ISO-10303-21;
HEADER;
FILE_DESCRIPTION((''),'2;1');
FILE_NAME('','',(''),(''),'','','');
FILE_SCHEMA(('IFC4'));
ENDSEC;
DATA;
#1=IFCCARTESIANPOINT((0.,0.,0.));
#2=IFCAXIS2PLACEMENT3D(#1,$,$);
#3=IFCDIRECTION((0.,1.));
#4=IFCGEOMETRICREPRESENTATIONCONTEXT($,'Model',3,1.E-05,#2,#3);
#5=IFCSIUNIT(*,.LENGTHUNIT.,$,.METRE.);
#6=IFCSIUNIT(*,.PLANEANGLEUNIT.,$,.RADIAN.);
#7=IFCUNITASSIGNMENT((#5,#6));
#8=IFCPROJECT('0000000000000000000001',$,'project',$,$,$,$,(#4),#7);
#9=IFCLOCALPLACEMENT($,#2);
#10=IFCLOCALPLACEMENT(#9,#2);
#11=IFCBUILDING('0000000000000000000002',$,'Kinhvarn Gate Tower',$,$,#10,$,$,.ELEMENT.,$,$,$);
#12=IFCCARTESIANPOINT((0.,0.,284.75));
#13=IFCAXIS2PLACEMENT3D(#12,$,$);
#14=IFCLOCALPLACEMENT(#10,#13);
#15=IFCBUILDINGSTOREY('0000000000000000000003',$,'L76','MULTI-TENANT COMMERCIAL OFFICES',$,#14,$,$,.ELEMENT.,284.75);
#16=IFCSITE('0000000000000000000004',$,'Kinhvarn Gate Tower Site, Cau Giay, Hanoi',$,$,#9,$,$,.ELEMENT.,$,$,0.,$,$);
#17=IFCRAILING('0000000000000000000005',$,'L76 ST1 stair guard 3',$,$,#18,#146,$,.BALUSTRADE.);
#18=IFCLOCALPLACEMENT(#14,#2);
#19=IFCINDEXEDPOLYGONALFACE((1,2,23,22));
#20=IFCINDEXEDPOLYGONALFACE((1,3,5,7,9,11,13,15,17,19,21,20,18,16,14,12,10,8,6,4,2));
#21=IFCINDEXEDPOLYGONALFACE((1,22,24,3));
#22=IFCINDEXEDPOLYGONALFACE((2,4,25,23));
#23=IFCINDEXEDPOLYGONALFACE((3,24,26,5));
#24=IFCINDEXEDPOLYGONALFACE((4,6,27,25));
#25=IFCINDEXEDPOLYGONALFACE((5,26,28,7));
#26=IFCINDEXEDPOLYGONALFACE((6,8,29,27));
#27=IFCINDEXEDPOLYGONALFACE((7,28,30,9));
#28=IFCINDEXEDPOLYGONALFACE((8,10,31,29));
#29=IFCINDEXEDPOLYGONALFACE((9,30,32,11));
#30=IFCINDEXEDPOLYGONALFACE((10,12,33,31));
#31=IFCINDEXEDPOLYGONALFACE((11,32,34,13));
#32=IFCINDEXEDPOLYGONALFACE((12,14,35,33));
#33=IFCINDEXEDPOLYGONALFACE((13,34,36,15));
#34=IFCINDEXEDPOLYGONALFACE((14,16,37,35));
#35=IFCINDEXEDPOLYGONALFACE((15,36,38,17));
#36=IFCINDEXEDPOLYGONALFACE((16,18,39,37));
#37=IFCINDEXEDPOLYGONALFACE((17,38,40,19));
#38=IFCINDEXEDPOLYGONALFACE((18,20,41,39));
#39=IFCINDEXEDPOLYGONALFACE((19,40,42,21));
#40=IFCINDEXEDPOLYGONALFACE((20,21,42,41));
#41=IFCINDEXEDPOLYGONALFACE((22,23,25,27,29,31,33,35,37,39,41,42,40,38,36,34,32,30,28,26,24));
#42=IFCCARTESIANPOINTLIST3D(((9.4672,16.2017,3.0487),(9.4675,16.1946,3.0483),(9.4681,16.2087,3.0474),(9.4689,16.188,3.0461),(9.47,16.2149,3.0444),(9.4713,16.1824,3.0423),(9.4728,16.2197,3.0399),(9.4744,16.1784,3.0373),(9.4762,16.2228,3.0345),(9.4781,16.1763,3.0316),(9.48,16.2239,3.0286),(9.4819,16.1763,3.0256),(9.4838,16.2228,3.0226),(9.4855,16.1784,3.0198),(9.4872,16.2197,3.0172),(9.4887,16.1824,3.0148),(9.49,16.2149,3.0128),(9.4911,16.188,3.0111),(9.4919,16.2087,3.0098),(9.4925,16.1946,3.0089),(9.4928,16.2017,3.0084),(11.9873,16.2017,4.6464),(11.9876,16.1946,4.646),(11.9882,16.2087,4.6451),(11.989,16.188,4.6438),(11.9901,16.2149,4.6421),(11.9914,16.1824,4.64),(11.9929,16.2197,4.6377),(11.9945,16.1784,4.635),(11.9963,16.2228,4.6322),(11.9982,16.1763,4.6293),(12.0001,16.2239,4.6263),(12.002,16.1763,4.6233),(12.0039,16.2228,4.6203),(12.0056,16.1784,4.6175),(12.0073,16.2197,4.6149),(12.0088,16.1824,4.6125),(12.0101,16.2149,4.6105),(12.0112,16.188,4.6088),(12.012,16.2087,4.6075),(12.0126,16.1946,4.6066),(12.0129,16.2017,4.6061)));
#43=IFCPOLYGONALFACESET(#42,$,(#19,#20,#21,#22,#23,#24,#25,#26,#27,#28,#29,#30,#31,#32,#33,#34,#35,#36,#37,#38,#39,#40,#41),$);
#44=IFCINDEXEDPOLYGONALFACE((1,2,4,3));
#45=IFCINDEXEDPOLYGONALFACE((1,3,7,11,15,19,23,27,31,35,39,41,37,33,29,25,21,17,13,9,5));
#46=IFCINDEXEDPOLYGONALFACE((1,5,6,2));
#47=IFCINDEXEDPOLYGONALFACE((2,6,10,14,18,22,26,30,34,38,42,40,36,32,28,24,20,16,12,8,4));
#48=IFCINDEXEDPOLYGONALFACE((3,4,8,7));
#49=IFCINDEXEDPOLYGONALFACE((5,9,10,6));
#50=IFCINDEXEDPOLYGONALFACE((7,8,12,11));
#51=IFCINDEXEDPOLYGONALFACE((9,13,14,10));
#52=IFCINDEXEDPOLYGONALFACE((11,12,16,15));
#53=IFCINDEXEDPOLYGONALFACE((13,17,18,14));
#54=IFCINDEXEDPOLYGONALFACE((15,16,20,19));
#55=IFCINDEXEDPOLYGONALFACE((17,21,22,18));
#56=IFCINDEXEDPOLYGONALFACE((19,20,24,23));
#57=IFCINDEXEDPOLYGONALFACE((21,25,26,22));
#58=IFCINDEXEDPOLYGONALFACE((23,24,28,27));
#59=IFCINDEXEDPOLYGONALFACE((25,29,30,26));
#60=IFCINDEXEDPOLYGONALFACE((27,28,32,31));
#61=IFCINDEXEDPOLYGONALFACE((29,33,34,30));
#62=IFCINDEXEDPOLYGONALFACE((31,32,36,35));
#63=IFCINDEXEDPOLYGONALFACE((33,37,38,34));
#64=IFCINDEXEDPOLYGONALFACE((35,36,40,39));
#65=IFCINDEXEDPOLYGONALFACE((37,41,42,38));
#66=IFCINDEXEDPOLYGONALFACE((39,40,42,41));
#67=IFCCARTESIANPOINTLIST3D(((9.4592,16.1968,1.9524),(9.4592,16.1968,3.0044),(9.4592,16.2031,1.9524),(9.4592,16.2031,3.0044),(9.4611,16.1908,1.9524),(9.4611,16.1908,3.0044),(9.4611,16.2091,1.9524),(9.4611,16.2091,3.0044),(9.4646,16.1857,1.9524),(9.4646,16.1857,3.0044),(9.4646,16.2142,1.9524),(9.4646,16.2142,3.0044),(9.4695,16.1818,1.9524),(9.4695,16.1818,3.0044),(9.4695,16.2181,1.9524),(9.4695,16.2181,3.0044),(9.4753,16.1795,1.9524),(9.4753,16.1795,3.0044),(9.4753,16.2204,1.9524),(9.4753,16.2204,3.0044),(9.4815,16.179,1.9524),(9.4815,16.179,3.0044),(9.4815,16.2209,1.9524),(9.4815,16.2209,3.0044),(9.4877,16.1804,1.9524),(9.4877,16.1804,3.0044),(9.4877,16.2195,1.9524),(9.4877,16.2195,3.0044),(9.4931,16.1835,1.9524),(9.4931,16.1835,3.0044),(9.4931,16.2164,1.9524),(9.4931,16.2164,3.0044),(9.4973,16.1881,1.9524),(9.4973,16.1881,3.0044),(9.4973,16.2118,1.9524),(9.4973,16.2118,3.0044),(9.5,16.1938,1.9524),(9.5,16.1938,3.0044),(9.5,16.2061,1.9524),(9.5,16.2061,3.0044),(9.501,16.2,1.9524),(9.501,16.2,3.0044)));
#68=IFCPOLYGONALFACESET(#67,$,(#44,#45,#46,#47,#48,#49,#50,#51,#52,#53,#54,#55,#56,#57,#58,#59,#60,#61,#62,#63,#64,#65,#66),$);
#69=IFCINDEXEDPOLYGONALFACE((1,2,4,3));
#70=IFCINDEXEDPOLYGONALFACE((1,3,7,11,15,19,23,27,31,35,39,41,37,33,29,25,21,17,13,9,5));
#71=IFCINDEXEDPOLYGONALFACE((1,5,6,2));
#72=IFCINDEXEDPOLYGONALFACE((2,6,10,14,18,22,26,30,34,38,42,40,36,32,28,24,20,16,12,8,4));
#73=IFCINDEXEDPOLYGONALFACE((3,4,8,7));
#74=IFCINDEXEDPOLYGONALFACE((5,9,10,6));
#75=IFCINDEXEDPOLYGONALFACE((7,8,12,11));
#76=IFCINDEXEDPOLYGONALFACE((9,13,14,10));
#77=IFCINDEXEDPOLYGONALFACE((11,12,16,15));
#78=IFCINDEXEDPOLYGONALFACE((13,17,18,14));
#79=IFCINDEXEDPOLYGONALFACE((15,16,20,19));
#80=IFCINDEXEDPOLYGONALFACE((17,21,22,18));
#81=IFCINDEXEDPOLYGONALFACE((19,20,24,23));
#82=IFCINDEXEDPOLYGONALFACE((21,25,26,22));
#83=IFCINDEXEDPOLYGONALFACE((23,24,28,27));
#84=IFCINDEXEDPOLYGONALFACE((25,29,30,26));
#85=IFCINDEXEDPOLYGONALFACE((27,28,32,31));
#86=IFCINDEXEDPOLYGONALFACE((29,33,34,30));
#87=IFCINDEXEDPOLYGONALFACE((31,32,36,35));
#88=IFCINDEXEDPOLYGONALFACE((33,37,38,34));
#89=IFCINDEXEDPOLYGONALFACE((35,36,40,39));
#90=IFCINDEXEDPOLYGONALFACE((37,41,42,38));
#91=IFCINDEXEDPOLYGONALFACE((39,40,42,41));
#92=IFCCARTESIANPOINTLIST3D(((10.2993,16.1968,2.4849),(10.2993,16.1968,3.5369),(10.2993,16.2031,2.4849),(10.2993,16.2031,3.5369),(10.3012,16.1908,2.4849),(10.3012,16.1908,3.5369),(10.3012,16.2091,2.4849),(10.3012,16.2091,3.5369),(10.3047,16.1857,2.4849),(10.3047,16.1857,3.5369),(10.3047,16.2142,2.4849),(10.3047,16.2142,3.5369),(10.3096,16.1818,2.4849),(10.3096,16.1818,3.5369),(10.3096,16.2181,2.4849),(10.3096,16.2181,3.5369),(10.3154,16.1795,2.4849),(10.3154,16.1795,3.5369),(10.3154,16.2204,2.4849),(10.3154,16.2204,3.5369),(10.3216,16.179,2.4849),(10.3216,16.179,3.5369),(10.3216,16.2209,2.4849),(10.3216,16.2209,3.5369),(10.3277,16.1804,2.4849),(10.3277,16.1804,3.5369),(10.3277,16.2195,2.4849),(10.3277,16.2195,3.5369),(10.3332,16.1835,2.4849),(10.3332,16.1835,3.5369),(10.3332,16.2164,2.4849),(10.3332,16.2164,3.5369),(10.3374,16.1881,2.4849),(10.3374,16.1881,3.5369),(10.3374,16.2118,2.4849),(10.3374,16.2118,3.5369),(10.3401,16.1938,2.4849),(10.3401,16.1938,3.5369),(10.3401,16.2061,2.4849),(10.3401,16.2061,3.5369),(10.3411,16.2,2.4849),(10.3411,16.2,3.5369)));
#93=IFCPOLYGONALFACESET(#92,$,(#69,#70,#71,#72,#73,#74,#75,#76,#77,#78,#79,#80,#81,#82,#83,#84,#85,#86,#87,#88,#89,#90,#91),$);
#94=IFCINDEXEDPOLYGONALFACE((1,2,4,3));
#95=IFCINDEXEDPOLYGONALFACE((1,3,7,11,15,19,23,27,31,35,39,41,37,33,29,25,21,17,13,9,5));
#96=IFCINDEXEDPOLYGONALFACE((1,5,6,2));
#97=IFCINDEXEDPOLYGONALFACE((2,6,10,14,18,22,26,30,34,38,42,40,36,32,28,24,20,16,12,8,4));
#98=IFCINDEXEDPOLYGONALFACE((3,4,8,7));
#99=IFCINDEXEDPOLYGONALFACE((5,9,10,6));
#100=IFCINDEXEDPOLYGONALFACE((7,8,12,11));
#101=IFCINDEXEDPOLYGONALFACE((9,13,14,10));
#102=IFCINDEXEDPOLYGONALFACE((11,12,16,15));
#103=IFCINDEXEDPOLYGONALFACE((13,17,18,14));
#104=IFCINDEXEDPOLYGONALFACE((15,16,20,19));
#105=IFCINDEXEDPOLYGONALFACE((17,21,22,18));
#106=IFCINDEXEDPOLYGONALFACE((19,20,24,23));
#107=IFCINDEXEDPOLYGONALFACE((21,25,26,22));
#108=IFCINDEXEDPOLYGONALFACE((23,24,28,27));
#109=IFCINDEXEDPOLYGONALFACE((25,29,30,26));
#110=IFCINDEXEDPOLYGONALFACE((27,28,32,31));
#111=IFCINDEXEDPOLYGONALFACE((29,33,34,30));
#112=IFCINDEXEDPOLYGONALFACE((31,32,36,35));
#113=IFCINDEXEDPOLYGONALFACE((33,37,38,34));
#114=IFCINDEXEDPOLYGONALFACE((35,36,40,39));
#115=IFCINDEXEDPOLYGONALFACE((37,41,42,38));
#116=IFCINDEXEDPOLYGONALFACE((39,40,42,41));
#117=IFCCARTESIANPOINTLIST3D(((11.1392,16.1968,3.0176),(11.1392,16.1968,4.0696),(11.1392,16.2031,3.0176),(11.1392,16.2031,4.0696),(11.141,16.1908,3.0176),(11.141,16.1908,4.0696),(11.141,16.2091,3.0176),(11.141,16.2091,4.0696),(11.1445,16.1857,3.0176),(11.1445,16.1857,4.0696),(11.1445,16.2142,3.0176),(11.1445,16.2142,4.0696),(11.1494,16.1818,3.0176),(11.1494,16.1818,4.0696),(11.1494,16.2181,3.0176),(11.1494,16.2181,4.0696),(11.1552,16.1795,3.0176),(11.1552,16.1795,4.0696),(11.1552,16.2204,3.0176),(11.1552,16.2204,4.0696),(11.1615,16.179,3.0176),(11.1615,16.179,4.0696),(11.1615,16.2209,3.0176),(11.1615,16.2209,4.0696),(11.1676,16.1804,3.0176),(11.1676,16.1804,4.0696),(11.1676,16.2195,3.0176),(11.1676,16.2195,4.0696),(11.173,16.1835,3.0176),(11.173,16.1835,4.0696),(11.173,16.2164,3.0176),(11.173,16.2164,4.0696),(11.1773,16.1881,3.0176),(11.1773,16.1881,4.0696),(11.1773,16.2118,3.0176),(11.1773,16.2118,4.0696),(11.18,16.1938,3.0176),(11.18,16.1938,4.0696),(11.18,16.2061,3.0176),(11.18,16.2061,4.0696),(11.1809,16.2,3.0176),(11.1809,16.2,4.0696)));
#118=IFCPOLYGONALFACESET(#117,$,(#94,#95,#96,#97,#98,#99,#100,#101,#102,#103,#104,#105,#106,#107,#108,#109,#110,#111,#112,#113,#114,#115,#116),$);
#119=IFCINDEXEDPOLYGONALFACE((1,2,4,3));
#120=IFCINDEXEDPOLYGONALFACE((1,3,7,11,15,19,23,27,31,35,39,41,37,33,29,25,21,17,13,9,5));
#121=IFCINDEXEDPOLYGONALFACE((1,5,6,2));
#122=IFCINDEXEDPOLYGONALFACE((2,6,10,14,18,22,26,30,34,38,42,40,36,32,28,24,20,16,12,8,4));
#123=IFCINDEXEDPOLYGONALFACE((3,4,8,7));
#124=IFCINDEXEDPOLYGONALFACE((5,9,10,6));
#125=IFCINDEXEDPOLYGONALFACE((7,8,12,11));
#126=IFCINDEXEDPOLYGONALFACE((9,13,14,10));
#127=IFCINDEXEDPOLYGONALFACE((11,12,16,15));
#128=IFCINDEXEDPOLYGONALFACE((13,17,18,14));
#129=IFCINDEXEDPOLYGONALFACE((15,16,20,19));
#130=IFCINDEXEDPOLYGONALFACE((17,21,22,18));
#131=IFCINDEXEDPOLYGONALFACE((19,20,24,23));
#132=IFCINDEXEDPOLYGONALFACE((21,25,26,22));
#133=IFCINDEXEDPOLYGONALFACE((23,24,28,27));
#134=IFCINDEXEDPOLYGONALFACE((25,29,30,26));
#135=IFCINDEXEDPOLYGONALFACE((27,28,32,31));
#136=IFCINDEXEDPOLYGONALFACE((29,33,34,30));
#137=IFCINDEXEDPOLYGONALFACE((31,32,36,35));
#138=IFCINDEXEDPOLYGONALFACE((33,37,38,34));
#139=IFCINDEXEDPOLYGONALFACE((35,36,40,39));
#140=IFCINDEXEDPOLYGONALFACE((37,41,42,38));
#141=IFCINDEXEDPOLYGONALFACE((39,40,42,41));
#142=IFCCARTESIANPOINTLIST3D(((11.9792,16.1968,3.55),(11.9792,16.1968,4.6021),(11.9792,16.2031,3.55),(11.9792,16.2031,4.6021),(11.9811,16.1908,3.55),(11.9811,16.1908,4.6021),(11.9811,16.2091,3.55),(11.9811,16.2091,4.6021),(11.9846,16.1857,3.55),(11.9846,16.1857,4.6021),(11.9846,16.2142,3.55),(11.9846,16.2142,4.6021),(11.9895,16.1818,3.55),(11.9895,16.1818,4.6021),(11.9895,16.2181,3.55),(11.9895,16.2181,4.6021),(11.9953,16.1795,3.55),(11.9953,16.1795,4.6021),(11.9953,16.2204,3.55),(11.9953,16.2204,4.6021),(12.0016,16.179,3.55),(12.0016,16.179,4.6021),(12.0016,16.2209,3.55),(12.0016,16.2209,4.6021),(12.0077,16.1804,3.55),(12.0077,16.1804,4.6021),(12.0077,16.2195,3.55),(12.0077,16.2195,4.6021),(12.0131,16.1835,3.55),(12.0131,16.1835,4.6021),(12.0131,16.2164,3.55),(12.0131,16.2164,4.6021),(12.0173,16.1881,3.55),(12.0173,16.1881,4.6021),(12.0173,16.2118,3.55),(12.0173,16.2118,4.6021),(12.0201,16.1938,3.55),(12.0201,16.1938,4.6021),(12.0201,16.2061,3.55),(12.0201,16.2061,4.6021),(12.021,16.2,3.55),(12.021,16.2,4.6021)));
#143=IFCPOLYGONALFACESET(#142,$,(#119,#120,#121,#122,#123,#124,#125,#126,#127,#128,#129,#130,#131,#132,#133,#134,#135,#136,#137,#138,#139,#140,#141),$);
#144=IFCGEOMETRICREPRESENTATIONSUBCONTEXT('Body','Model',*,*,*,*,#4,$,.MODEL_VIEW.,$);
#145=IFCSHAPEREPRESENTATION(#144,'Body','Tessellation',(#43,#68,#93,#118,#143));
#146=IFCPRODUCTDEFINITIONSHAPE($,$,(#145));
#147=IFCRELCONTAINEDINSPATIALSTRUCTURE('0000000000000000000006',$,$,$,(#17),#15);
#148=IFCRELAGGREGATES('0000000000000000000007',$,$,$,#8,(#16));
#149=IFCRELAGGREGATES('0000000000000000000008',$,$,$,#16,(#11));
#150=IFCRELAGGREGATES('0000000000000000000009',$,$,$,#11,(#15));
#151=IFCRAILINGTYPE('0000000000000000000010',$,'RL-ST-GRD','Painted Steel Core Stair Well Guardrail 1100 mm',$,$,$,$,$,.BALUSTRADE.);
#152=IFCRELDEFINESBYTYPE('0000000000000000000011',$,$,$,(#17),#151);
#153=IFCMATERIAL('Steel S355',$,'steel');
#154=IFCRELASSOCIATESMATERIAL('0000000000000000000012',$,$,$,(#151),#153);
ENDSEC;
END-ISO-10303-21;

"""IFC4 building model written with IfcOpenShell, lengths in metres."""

from ifc_helpers import new_model, si_unit, direction, frame, origin, origin_2d, place, context, subcontext, project, spatial, circle, extrude, material, type_object, element, save


model = new_model("IFC4")

# Units and contexts
model_context = context("Model", 3, precision=1e-05, world=origin(), true_north=direction((0.0, 1.0)))
body_context = subcontext(model_context, "Body", "Model", "MODEL_VIEW")
ifc_project = project(units=[si_unit("LENGTHUNIT", "METRE"), si_unit("PLANEANGLEUNIT", "RADIAN")], contexts=[model_context])

# Site, building, storey
site_placement = place(None, origin())
site = spatial("IfcSite", under=ifc_project, at=site_placement, Name="Kinhvarn Gate Tower Site, Cau Giay, Hanoi", CompositionType="ELEMENT", RefElevation=0.0)
building_placement = place(site_placement, origin())
building = spatial("IfcBuilding", under=site, at=building_placement, Name="Kinhvarn Gate Tower", CompositionType="ELEMENT")
storey_placement = place(building_placement, frame((0.0, 0.0, 284.75)))
storey = spatial("IfcBuildingStorey", under=building, at=storey_placement, Name="L76", Description="MULTI-TENANT COMMERCIAL OFFICES", CompositionType="ELEMENT", Elevation=284.75)

# Shared definitions
ifc_material_1 = material(Name="Steel S355", Category="steel")

# Railing
railing_type_1 = type_object("IfcRailingType", Name="RL-ST-GRD", Description="Painted Steel Core Stair Well Guardrail 1100 mm", PredefinedType="BALUSTRADE", material=ifc_material_1)
railing_1_placement = place(storey_placement, frame((9.48, 16.2, 1.9524)))
element("IfcRailing", 1, at=railing_1_placement, inside=storey, type_object=railing_type_1, Name="L76 ST1 stair guard 3", PredefinedType="BALUSTRADE", context=body_context, shape_type="SweptSolid", body=[
    extrude(circle(Radius=0.0239, at=origin_2d()), frame((0.0, 0.0, 1.0762), z_axis=(0.84457, 0.0, 0.535445), x_axis=(0.0, 1.0, 0.0)), (0.0, 0.0, 1.0), 2.9839),
    extrude(circle(Radius=0.021, at=origin_2d()), origin(), (0.0, 0.0, 1.0), 1.052),
    extrude(circle(Radius=0.021, at=origin_2d()), frame((0.8401, 0.0, 0.5325)), (0.0, 0.0, 1.0), 1.052),
    extrude(circle(Radius=0.021, at=origin_2d()), frame((1.6799, 0.0, 1.0652)), (0.0, 0.0, 1.0), 1.052),
    extrude(circle(Radius=0.021, at=origin_2d()), frame((2.52, 0.0, 1.5977)), (0.0, 0.0, 1.0), 1.052),
])

save(model, "model.ifc")
